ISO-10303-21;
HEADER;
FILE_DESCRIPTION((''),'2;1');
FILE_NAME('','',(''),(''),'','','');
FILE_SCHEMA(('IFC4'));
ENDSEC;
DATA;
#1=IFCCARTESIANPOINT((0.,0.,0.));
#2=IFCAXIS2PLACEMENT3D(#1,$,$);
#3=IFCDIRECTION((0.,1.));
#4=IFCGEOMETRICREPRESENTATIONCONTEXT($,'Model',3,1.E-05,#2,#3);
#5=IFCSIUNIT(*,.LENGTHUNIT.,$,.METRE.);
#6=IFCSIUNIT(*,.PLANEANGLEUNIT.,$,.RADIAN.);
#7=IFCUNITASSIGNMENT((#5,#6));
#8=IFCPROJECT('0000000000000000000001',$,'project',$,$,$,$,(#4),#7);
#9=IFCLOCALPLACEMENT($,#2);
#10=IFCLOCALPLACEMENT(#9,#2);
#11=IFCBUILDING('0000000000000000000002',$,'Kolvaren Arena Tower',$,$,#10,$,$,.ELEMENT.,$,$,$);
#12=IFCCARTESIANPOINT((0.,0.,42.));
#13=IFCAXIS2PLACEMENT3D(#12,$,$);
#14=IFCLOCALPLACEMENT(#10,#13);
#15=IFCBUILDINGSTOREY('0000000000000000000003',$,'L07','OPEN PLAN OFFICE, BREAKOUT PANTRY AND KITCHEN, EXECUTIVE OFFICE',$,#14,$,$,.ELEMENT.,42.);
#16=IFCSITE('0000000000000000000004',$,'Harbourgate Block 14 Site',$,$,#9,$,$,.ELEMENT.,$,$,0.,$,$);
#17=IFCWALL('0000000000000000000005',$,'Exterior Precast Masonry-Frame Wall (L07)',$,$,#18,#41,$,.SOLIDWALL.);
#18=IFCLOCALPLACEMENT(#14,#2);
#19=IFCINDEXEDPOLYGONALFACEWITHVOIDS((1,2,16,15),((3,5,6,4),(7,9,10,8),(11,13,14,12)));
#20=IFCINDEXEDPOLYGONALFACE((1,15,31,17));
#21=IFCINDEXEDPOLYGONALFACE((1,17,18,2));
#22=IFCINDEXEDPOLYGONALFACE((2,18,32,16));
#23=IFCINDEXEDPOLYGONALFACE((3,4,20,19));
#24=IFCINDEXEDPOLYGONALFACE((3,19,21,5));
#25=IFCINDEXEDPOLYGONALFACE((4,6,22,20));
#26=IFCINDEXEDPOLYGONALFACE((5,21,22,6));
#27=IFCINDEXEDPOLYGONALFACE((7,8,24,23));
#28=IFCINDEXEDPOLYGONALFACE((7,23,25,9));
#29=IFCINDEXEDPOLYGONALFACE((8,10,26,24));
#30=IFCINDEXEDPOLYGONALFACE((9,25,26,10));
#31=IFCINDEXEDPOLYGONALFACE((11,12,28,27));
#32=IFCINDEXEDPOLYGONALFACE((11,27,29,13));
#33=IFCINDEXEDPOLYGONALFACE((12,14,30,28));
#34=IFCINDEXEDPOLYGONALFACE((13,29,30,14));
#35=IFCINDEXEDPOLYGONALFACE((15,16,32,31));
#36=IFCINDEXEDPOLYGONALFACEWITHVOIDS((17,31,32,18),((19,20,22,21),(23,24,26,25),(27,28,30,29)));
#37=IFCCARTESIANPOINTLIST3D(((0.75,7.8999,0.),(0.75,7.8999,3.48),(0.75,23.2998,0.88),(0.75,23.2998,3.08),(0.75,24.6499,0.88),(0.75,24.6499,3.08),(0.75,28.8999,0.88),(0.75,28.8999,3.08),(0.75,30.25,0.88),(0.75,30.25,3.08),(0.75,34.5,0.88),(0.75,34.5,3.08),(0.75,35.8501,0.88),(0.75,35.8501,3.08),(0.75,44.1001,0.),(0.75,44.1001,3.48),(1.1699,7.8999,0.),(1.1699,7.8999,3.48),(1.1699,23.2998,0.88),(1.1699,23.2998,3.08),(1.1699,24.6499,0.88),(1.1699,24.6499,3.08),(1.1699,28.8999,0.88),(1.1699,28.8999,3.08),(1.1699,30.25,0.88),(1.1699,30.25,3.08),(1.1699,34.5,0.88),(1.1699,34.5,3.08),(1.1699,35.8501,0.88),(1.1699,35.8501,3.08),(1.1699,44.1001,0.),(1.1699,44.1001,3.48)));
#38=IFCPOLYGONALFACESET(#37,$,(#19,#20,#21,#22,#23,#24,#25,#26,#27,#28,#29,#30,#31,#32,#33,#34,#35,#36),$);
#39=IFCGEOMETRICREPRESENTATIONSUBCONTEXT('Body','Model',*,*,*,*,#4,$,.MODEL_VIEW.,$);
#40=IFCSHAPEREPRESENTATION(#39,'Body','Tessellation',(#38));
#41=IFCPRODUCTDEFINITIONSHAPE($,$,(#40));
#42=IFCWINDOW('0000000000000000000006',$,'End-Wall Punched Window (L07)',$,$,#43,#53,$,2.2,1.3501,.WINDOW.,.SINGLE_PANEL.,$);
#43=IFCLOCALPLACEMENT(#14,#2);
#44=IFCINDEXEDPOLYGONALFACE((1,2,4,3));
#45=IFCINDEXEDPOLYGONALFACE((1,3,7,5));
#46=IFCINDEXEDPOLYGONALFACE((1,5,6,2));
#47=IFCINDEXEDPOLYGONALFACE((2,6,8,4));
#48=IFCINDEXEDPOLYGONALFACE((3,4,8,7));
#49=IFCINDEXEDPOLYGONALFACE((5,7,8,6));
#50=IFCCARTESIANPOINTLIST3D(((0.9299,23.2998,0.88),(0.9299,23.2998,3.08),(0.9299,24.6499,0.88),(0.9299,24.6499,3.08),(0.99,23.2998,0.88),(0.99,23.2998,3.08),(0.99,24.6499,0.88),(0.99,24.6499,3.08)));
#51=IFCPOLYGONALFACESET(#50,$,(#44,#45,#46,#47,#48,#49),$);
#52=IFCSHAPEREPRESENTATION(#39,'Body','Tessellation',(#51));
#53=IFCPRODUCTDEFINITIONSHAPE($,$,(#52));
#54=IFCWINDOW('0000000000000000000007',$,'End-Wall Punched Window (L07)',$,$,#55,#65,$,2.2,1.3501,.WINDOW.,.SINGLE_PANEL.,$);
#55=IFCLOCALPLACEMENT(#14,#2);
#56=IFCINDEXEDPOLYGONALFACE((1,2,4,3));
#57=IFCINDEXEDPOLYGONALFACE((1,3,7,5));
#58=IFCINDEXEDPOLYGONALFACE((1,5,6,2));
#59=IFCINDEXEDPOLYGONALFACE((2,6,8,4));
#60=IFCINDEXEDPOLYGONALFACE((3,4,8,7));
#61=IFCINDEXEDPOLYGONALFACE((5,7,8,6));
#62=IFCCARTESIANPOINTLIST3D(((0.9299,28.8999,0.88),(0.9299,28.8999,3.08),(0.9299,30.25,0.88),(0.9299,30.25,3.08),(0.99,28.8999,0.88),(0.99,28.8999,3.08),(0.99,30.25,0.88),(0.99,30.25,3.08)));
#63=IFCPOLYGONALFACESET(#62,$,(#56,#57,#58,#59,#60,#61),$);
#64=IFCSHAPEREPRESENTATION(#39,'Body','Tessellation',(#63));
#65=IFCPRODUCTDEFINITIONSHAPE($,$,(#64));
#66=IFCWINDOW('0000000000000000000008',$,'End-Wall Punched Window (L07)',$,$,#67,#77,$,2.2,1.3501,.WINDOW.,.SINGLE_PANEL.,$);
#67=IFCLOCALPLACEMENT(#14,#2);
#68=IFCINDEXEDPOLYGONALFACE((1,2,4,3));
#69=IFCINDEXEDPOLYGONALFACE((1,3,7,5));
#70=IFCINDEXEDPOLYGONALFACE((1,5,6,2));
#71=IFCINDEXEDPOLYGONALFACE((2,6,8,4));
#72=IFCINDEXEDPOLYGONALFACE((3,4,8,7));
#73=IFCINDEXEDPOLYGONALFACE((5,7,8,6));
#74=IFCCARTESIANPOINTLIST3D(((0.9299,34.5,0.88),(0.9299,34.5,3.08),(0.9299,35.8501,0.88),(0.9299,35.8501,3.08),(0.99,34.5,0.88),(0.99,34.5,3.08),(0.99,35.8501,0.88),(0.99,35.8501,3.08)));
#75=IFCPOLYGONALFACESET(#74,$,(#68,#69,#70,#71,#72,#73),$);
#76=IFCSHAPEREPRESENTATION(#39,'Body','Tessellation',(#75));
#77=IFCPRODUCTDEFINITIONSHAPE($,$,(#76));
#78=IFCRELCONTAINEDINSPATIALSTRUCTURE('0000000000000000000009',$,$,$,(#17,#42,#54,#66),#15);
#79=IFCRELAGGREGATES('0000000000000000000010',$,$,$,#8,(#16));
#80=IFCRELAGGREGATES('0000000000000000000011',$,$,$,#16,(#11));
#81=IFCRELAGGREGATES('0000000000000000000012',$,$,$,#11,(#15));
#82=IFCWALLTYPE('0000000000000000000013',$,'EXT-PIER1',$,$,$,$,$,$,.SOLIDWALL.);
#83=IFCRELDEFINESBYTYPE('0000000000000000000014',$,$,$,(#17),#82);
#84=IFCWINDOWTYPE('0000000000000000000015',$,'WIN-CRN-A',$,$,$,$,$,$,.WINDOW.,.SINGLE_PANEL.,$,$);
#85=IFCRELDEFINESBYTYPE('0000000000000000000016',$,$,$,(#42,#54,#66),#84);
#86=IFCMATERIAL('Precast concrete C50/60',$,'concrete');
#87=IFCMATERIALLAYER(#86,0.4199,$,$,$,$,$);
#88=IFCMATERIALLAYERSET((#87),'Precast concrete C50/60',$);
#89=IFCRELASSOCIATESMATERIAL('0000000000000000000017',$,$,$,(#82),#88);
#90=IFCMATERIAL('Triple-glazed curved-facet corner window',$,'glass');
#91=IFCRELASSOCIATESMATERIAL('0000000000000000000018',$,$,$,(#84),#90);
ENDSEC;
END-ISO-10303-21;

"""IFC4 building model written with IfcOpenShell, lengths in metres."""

from ifc_helpers import new_model, si_unit, direction, frame, frame_2d, origin, place, context, subcontext, project, spatial, rectangle, extrude, material, layer, layer_set, type_object, element, fill, save


model = new_model("IFC4")

# Units and contexts
model_context = context("Model", 3, precision=1e-05, world=origin(), true_north=direction((0.0, 1.0)))
body_context = subcontext(model_context, "Body", "Model", "MODEL_VIEW")
ifc_project = project(units=[si_unit("LENGTHUNIT", "METRE"), si_unit("PLANEANGLEUNIT", "RADIAN")], contexts=[model_context])

# Site, building, storey
site_placement = place(None, origin())
site = spatial("IfcSite", under=ifc_project, at=site_placement, Name="Harbourgate Block 14 Site", CompositionType="ELEMENT", RefElevation=0.0)
building_placement = place(site_placement, origin())
building = spatial("IfcBuilding", under=site, at=building_placement, Name="Kolvaren Arena Tower", CompositionType="ELEMENT")
storey_placement = place(building_placement, frame((0.0, 0.0, 42.0)))
storey = spatial("IfcBuildingStorey", under=building, at=storey_placement, Name="L07", Description="OPEN PLAN OFFICE, BREAKOUT PANTRY AND KITCHEN, EXECUTIVE OFFICE", CompositionType="ELEMENT", Elevation=42.0)

# Wall, openings, windows
ifc_material_1 = material(Name="Precast concrete C50/60", Category="concrete")
ifc_layer_1 = layer(ifc_material_1, 0.4199)
ifc_layer_set_1 = layer_set([ifc_layer_1], Name="Precast concrete C50/60")
wall_type_1 = type_object("IfcWallType", Name="EXT-PIER1", PredefinedType="SOLIDWALL", material=ifc_layer_set_1)
wall_1_placement = place(storey_placement, frame((0.96, 7.8999, 0.0), z_axis=(0.0, 0.0, 1.0), x_axis=(0.0, 1.0, 0.0)))
wall_1 = element("IfcWall", 1, at=wall_1_placement, inside=storey, type_object=wall_type_1, Name="Exterior Precast Masonry-Frame Wall (L07)", PredefinedType="SOLIDWALL", context=body_context, shape_type="SweptSolid", body=[
    extrude(rectangle(XDim=36.2002, YDim=0.4199, at=frame_2d((18.1001, 0.0))), origin(), (0.0, 0.0, 1.0), 3.48),
])
opening_1_placement = place(wall_1_placement, frame((15.3999, 0.0, 0.8799)))
opening_1 = element("IfcOpeningElement", 2, at=opening_1_placement, cuts=wall_1, PredefinedType="OPENING", context=body_context, shape_type="SweptSolid", body=[
    extrude(rectangle(XDim=1.3501, YDim=2.2, at=frame_2d((0.675, 1.1001))), frame((0.0, 0.22, 0.0), z_axis=(0.0, -1.0, 0.0), x_axis=(1.0, 0.0, 0.0)), (0.0, 0.0, 1.0), 0.4399),
])
opening_2_placement = place(wall_1_placement, frame((21.0, 0.0, 0.8799)))
opening_2 = element("IfcOpeningElement", 3, at=opening_2_placement, cuts=wall_1, PredefinedType="OPENING", context=body_context, shape_type="SweptSolid", body=[
    extrude(rectangle(XDim=1.3501, YDim=2.2, at=frame_2d((0.675, 1.1001))), frame((0.0, 0.22, 0.0), z_axis=(0.0, -1.0, 0.0), x_axis=(1.0, 0.0, 0.0)), (0.0, 0.0, 1.0), 0.4399),
])
opening_3_placement = place(wall_1_placement, frame((26.6001, 0.0, 0.8799)))
opening_3 = element("IfcOpeningElement", 4, at=opening_3_placement, cuts=wall_1, PredefinedType="OPENING", context=body_context, shape_type="SweptSolid", body=[
    extrude(rectangle(XDim=1.3501, YDim=2.2, at=frame_2d((0.675, 1.1001))), frame((0.0, 0.22, 0.0), z_axis=(0.0, -1.0, 0.0), x_axis=(1.0, 0.0, 0.0)), (0.0, 0.0, 1.0), 0.4399),
])
ifc_material_2 = material(Name="Triple-glazed curved-facet corner window", Category="glass")
window_type = type_object("IfcWindowType", Name="WIN-CRN-A", PartitioningType="SINGLE_PANEL", PredefinedType="WINDOW", material=ifc_material_2)
window_1_placement = place(opening_1_placement, origin())
window_1 = element("IfcWindow", 5, at=window_1_placement, inside=storey, type_object=window_type, Name="End-Wall Punched Window (L07)", OverallHeight=2.2, OverallWidth=1.3501, PartitioningType="SINGLE_PANEL", PredefinedType="WINDOW", context=body_context, shape_type="SweptSolid", body=[
    extrude(rectangle(XDim=1.3501, YDim=2.2, at=frame_2d((0.675, 1.1001))), frame((0.0, 0.03, 0.0), z_axis=(0.0, -1.0, 0.0), x_axis=(1.0, 0.0, 0.0)), (0.0, 0.0, 1.0), 0.0601),
])
fill(opening_1, window_1)
window_2_placement = place(opening_2_placement, origin())
window_2 = element("IfcWindow", 6, at=window_2_placement, inside=storey, type_object=window_type, Name="End-Wall Punched Window (L07)", OverallHeight=2.2, OverallWidth=1.3501, PartitioningType="SINGLE_PANEL", PredefinedType="WINDOW", context=body_context, shape_type="SweptSolid", body=[
    extrude(rectangle(XDim=1.3501, YDim=2.2, at=frame_2d((0.675, 1.1001))), frame((0.0, 0.03, 0.0), z_axis=(0.0, -1.0, 0.0), x_axis=(1.0, 0.0, 0.0)), (0.0, 0.0, 1.0), 0.0601),
])
fill(opening_2, window_2)
window_3_placement = place(opening_3_placement, origin())
window_3 = element("IfcWindow", 7, at=window_3_placement, inside=storey, type_object=window_type, Name="End-Wall Punched Window (L07)", OverallHeight=2.2, OverallWidth=1.3501, PartitioningType="SINGLE_PANEL", PredefinedType="WINDOW", context=body_context, shape_type="SweptSolid", body=[
    extrude(rectangle(XDim=1.3501, YDim=2.2, at=frame_2d((0.675, 1.1001))), frame((0.0, 0.03, 0.0), z_axis=(0.0, -1.0, 0.0), x_axis=(1.0, 0.0, 0.0)), (0.0, 0.0, 1.0), 0.0601),
])
fill(opening_3, window_3)

save(model, "model.ifc")
